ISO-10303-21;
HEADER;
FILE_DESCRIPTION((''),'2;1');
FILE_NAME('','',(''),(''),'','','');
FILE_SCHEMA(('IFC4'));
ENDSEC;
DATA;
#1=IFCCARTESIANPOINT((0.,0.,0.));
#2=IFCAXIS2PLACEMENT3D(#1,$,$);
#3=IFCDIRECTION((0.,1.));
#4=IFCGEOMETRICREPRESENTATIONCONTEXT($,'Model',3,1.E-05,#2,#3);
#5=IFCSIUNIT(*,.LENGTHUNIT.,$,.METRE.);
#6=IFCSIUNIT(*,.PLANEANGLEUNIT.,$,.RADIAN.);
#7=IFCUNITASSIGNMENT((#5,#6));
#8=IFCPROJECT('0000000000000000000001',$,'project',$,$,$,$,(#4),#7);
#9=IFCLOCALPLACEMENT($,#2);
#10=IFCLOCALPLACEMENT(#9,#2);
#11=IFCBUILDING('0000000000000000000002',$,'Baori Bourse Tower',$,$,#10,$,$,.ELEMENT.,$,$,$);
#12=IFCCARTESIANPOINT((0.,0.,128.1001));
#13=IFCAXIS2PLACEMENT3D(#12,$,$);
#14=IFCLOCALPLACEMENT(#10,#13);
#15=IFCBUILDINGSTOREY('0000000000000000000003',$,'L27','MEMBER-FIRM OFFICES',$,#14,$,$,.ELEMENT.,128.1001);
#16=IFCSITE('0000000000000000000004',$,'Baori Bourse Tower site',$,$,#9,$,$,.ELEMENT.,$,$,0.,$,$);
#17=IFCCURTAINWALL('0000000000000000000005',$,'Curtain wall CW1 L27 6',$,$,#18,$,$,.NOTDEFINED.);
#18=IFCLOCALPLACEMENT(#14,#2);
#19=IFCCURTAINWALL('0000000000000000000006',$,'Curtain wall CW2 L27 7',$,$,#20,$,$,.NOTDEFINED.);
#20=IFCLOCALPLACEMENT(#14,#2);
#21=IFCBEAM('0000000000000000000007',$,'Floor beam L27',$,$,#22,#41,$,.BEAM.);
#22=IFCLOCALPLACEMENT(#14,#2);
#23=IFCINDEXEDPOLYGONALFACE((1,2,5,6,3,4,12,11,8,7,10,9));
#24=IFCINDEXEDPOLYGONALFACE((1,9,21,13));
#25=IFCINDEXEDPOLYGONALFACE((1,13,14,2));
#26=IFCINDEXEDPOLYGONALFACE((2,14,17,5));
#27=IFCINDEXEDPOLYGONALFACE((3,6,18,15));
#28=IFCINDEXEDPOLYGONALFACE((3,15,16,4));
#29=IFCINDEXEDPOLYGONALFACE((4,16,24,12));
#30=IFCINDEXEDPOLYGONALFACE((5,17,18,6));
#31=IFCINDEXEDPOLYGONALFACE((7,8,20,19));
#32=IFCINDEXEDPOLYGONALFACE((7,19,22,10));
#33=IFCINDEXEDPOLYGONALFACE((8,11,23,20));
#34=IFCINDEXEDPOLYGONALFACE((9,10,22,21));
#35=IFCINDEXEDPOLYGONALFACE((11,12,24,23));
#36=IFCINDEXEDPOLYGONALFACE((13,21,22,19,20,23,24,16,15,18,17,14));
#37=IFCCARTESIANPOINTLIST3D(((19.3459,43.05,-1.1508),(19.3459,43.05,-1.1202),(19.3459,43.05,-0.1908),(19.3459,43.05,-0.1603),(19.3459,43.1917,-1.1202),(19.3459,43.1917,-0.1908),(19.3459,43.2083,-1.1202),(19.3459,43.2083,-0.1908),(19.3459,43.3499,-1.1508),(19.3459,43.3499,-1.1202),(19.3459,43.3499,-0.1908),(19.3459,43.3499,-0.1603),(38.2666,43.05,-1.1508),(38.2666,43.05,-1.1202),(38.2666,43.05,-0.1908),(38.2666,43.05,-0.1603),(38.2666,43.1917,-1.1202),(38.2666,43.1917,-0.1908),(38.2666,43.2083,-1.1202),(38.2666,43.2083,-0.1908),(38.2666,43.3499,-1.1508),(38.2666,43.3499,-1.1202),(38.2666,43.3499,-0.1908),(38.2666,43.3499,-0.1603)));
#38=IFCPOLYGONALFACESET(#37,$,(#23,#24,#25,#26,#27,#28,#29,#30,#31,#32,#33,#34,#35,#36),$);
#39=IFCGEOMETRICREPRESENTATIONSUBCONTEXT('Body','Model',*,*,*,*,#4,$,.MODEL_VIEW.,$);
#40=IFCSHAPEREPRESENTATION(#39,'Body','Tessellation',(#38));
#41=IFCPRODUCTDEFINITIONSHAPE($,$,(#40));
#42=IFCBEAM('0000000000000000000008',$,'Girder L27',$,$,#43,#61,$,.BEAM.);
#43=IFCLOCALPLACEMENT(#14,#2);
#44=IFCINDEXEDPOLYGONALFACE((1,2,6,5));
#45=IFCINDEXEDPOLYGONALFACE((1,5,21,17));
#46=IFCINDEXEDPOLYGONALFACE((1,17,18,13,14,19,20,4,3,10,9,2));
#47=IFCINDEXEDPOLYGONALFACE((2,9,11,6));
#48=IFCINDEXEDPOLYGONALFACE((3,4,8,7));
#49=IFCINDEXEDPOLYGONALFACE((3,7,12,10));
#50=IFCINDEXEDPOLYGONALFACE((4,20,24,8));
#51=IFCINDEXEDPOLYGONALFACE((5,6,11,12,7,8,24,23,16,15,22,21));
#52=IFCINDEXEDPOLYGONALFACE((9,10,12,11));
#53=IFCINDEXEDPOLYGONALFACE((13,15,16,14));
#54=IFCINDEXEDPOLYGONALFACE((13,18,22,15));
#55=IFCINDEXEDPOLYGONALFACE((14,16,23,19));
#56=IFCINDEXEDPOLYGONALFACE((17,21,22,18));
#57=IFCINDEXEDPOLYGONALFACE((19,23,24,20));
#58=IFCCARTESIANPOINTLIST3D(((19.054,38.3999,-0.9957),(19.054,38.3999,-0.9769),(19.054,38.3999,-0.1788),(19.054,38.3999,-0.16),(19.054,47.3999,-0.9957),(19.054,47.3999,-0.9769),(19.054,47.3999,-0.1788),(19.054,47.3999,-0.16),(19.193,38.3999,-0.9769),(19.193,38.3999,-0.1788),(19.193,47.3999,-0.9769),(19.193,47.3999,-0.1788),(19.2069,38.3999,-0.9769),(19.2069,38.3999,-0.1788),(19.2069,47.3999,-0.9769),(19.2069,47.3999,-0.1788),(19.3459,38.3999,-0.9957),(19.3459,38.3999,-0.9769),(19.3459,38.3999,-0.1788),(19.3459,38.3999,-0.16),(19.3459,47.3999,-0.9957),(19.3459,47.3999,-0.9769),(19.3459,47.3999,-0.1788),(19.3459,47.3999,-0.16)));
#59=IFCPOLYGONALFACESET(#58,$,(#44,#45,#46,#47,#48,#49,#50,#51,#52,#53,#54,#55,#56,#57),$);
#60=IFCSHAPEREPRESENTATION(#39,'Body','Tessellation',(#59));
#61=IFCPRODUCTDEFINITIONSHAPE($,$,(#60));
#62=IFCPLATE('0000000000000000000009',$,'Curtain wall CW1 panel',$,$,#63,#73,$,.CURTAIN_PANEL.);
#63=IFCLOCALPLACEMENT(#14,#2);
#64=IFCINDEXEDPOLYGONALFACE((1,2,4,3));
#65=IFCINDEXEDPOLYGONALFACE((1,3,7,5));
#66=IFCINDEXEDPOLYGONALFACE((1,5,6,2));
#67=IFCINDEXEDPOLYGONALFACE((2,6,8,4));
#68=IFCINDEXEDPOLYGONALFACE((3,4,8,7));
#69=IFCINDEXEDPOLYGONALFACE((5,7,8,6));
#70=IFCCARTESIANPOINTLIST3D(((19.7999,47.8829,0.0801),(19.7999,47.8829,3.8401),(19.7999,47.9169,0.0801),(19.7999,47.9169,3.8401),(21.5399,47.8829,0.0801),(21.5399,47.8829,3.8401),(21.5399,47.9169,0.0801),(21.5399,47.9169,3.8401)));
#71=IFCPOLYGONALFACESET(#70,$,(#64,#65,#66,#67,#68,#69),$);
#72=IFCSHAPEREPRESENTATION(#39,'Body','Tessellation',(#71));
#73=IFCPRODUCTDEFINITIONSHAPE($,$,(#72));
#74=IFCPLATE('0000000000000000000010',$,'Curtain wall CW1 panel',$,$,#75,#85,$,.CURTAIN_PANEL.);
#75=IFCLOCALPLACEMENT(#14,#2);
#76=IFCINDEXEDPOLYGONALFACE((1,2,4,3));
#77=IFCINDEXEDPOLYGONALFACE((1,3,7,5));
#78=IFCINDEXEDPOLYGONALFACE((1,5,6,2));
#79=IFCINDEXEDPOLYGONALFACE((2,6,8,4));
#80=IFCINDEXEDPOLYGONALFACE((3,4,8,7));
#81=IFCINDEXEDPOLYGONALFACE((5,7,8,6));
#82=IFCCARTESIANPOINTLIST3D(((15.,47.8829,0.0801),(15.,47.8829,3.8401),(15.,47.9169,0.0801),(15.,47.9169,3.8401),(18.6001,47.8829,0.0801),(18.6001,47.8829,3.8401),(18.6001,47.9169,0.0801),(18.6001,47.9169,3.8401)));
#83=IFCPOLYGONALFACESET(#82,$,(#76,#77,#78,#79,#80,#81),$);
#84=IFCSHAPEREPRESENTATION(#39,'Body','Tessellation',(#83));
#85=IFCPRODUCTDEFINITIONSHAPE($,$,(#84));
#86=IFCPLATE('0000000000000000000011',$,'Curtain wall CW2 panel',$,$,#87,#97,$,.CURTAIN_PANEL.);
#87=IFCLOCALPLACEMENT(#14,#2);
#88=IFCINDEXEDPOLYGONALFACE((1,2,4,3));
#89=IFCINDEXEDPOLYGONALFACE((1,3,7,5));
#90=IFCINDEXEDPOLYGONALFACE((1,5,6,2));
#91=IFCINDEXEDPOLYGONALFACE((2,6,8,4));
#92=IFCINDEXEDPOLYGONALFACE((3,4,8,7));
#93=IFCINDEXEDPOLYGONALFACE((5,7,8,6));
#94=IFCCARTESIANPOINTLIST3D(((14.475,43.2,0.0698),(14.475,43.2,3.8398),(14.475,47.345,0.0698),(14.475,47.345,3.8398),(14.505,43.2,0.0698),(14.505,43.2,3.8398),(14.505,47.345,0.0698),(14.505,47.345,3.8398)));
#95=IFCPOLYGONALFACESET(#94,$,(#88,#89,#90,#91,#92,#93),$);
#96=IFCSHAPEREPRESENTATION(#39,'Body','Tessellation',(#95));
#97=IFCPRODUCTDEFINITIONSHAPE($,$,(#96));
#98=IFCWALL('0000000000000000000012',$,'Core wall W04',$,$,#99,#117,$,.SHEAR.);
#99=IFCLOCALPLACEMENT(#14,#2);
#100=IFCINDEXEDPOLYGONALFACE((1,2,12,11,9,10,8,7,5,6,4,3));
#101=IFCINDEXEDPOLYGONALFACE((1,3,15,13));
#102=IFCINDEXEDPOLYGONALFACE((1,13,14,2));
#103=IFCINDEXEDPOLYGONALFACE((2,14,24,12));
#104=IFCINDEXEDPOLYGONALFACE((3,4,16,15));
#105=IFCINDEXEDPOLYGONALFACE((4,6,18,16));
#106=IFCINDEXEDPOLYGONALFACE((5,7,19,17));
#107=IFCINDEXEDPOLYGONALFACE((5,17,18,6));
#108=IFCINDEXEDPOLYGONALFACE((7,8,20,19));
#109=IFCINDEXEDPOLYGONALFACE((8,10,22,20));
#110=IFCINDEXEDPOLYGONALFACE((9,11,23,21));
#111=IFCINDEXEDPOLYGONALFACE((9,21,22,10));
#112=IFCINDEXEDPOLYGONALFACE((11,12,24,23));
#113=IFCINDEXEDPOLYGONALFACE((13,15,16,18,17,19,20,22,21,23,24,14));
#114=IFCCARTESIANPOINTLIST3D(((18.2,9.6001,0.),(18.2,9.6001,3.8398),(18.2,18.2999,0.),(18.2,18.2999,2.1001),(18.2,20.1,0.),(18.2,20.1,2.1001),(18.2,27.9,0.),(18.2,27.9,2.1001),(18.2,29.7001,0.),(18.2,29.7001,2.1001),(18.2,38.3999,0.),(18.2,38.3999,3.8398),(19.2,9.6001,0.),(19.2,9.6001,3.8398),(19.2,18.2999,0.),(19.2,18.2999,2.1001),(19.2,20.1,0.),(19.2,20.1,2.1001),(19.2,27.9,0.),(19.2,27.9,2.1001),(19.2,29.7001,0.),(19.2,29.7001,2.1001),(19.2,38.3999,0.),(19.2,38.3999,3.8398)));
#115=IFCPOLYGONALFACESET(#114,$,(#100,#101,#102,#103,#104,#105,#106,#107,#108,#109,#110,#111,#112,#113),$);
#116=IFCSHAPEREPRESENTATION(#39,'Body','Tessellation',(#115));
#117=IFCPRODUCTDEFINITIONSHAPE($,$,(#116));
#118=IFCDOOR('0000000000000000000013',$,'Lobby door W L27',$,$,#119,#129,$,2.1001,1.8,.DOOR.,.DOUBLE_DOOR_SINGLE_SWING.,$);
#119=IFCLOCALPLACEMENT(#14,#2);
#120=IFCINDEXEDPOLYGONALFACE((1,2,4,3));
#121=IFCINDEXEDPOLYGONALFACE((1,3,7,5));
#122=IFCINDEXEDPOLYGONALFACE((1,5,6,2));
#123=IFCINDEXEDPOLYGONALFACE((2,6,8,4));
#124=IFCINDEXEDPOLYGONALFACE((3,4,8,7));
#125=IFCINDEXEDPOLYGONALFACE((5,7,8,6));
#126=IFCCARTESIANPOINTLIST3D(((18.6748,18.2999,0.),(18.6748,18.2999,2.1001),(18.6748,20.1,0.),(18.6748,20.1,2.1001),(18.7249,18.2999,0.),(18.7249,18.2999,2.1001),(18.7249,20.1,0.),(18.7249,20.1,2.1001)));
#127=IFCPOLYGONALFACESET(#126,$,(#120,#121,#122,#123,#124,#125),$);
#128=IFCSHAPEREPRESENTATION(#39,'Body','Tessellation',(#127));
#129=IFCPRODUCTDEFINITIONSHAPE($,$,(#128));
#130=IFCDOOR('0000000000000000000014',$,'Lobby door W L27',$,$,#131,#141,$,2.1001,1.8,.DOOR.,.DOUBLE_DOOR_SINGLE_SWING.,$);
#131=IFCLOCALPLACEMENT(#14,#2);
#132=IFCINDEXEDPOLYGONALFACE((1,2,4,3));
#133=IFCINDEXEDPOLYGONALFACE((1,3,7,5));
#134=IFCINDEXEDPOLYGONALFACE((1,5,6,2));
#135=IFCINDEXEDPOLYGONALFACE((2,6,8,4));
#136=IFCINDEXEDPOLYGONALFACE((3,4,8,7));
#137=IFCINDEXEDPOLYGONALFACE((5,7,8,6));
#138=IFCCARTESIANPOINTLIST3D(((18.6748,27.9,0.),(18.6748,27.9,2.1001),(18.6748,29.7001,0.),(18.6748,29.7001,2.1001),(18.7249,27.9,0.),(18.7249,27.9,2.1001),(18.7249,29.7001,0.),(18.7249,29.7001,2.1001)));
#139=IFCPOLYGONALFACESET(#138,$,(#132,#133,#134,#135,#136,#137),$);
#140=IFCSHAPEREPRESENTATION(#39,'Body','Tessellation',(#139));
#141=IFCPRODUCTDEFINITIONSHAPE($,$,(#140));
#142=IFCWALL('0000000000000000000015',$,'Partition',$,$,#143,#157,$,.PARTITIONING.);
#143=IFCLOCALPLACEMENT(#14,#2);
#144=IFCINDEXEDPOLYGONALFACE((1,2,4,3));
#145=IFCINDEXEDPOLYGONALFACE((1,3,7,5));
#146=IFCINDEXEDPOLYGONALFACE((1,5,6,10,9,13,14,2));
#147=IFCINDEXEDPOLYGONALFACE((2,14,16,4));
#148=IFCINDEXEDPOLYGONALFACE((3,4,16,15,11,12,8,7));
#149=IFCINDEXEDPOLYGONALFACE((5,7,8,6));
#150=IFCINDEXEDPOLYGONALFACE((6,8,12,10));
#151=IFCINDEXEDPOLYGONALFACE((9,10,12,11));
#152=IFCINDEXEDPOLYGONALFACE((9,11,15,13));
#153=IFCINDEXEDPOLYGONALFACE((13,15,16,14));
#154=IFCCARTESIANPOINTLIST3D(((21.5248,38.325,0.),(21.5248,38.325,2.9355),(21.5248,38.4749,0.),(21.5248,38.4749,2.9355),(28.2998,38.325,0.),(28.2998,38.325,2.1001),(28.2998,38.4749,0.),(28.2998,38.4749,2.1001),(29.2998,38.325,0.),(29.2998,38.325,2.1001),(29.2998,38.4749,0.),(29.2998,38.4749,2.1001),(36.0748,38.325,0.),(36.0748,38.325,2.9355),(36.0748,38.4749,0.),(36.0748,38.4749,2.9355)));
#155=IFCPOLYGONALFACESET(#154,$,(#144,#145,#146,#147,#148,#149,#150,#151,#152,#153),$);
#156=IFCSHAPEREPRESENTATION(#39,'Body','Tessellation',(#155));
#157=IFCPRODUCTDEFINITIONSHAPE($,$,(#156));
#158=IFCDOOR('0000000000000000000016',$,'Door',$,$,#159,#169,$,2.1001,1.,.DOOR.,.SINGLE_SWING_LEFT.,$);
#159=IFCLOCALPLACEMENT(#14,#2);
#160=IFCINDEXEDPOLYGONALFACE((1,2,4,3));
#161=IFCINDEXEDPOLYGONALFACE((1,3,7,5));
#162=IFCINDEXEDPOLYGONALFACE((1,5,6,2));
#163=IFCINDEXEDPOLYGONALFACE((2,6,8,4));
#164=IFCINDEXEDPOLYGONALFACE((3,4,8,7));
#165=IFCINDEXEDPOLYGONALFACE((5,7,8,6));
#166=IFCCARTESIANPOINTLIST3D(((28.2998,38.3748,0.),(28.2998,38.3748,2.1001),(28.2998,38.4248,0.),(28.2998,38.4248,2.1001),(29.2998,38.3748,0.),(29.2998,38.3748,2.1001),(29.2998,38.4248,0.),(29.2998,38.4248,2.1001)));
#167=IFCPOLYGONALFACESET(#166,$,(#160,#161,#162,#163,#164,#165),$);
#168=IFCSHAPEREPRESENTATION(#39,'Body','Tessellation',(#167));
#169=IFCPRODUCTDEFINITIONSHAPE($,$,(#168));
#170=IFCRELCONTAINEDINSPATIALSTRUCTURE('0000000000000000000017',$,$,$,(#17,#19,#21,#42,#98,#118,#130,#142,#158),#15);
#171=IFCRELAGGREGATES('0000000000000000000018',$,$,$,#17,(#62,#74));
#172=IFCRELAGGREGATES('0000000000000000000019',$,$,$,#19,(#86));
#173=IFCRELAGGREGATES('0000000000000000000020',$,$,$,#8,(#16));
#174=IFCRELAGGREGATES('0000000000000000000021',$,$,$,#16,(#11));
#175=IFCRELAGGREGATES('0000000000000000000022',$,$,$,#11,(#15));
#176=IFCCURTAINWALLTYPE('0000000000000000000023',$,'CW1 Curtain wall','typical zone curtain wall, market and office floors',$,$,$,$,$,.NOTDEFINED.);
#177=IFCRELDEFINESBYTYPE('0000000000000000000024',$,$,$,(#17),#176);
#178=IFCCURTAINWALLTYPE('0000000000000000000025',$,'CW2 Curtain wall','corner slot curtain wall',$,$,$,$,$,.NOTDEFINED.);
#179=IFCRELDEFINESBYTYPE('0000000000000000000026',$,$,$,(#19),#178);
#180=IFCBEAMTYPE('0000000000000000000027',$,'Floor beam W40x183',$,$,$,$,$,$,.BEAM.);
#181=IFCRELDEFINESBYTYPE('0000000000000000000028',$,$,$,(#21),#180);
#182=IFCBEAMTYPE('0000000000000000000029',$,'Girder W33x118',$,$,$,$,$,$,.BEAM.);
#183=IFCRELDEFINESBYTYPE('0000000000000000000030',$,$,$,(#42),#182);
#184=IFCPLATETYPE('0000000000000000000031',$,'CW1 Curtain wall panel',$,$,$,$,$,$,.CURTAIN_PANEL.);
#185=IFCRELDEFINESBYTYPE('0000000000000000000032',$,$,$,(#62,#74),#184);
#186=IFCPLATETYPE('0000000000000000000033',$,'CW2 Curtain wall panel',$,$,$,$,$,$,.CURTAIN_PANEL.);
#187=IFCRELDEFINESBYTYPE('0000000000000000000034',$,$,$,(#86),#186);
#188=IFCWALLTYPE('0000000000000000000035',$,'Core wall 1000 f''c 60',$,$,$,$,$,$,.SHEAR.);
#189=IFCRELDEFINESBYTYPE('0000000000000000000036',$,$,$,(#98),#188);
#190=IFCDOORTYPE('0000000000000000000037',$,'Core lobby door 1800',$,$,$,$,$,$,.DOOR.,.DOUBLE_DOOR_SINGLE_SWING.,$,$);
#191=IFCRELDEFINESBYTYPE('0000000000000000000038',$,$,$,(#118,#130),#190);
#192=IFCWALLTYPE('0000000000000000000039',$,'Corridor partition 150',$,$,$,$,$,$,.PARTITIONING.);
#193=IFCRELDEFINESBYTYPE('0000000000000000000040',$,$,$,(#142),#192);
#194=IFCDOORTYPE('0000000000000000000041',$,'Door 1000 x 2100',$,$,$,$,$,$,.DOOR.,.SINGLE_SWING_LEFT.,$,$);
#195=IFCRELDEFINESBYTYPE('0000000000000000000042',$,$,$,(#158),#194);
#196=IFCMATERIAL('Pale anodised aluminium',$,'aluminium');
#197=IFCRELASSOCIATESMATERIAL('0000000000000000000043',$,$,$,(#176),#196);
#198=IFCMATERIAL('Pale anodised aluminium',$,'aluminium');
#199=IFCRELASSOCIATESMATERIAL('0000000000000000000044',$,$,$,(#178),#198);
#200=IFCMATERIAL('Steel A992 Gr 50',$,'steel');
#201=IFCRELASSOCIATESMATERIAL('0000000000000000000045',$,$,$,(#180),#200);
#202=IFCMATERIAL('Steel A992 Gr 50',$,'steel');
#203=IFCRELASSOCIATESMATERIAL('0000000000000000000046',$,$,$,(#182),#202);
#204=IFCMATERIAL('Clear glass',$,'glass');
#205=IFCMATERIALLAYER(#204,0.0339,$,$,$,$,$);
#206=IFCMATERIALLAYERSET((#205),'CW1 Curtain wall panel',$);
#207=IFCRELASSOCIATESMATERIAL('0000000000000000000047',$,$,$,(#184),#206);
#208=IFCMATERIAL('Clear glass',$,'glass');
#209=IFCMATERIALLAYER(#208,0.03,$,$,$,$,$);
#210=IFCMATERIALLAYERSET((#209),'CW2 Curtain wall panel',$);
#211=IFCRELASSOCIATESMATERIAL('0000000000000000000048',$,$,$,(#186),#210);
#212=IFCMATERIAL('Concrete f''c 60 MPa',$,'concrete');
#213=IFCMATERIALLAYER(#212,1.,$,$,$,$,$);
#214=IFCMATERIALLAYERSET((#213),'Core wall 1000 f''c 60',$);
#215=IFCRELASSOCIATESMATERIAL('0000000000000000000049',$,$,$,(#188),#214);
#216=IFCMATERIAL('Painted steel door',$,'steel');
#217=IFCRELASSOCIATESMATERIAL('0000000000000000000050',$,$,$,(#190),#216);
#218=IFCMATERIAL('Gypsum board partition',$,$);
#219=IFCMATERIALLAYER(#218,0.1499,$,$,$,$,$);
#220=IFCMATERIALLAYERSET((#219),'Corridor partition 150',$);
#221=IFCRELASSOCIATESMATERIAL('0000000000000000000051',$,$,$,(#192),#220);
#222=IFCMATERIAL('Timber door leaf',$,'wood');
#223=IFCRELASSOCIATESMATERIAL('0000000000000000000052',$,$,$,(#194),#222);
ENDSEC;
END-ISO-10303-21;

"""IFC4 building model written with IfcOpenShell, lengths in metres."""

from ifc_helpers import new_model, si_unit, direction, frame, frame_2d, origin, origin_2d, place, context, subcontext, project, spatial, rectangle, i_section, extrude, material, layer, layer_set, material_profile, profile_set, type_object, element, fill, aggregate, save


model = new_model("IFC4")

# Units and contexts
model_context = context("Model", 3, precision=1e-05, world=origin(), true_north=direction((0.0, 1.0)))
body_context = subcontext(model_context, "Body", "Model", "MODEL_VIEW")
ifc_project = project(units=[si_unit("LENGTHUNIT", "METRE"), si_unit("PLANEANGLEUNIT", "RADIAN")], contexts=[model_context])

# Site, building, storey
site_placement = place(None, origin())
site = spatial("IfcSite", under=ifc_project, at=site_placement, Name="Baori Bourse Tower site", CompositionType="ELEMENT", RefElevation=0.0)
building_placement = place(site_placement, origin())
building = spatial("IfcBuilding", under=site, at=building_placement, Name="Baori Bourse Tower", CompositionType="ELEMENT")
storey_placement = place(building_placement, frame((0.0, 0.0, 128.1001)))
storey = spatial("IfcBuildingStorey", under=building, at=storey_placement, Name="L27", Description="MEMBER-FIRM OFFICES", CompositionType="ELEMENT", Elevation=128.1001)

# Curtain walls
ifc_material_1 = material(Name="Pale anodised aluminium", Category="aluminium")
curtain_wall_type_1 = type_object("IfcCurtainWallType", Name="CW1 Curtain wall", Description="typical zone curtain wall, market and office floors", PredefinedType="NOTDEFINED", material=ifc_material_1)
curtain_wall_1_placement = place(storey_placement, origin())
curtain_wall_1 = element("IfcCurtainWall", 1, at=curtain_wall_1_placement, inside=storey, type_object=curtain_wall_type_1, Name="Curtain wall CW1 L27 6", PredefinedType="NOTDEFINED")
ifc_material_2 = material(Name="Pale anodised aluminium", Category="aluminium")
curtain_wall_type_2 = type_object("IfcCurtainWallType", Name="CW2 Curtain wall", Description="corner slot curtain wall", PredefinedType="NOTDEFINED", material=ifc_material_2)
curtain_wall_2_placement = place(storey_placement, origin())
curtain_wall_2 = element("IfcCurtainWall", 2, at=curtain_wall_2_placement, inside=storey, type_object=curtain_wall_type_2, Name="Curtain wall CW2 L27 7", PredefinedType="NOTDEFINED")

# Beams
ifc_material_3 = material(Name="Steel A992 Gr 50", Category="steel")
ifc_material_profile_1 = material_profile(ifc_material_3, i_section(OverallWidth=0.2998, OverallDepth=0.9905, WebThickness=0.0166, FlangeThickness=0.0305, at=origin_2d()), Name="W40x183")
ifc_profile_set_1 = profile_set([ifc_material_profile_1], Name="Steel A992 Gr 50")
beam_type_1 = type_object("IfcBeamType", Name="Floor beam W40x183", PredefinedType="BEAM", material=ifc_profile_set_1)
beam_1_placement = place(storey_placement, frame((19.3459, 43.2, -0.6555), z_axis=(1.0, 0.0, 0.0), x_axis=(0.0, 1.0, 0.0)))
element("IfcBeam", 3, at=beam_1_placement, inside=storey, type_object=beam_type_1, Name="Floor beam L27", PredefinedType="BEAM", context=body_context, shape_type="SweptSolid", body=[
    extrude(i_section(OverallWidth=0.2998, OverallDepth=0.9905, WebThickness=0.0166, FlangeThickness=0.0305, at=origin_2d()), origin(), (0.0, 0.0, 1.0), 18.9207),
])
ifc_material_4 = material(Name="Steel A992 Gr 50", Category="steel")
ifc_material_profile_2 = material_profile(ifc_material_4, i_section(OverallWidth=0.292, OverallDepth=0.8357, WebThickness=0.0139, FlangeThickness=0.0188, at=origin_2d()), Name="W33x118")
ifc_profile_set_2 = profile_set([ifc_material_profile_2], Name="Steel A992 Gr 50")
beam_type_2 = type_object("IfcBeamType", Name="Girder W33x118", PredefinedType="BEAM", material=ifc_profile_set_2)
beam_2_placement = place(storey_placement, frame((19.2, 38.3999, -0.5779), z_axis=(0.0, 1.0, 0.0), x_axis=(-1.0, 0.0, 0.0)))
element("IfcBeam", 4, at=beam_2_placement, inside=storey, type_object=beam_type_2, Name="Girder L27", PredefinedType="BEAM", context=body_context, shape_type="SweptSolid", body=[
    extrude(i_section(OverallWidth=0.292, OverallDepth=0.8357, WebThickness=0.0139, FlangeThickness=0.0188, at=origin_2d()), origin(), (0.0, 0.0, 1.0), 9.0),
])

# Plates
ifc_material_5 = material(Name="Clear glass", Category="glass")
ifc_layer_1 = layer(ifc_material_5, 0.0339)
ifc_layer_set_1 = layer_set([ifc_layer_1], Name="CW1 Curtain wall panel")
plate_type_1 = type_object("IfcPlateType", Name="CW1 Curtain wall panel", PredefinedType="CURTAIN_PANEL", material=ifc_layer_set_1)
plate_1_placement = place(storey_placement, frame((20.6699, 47.8999, 0.0801), z_axis=(0.0, 0.0, 1.0), x_axis=(-1.0, 0.0, 0.0)))
plate_1 = element("IfcPlate", 5, at=plate_1_placement, type_object=plate_type_1, Name="Curtain wall CW1 panel", PredefinedType="CURTAIN_PANEL", context=body_context, shape_type="SweptSolid", body=[
    extrude(rectangle(XDim=1.74, YDim=0.0339, at=origin_2d()), origin(), (0.0, 0.0, 1.0), 3.76),
])
plate_2_placement = place(storey_placement, frame((16.8, 47.8999, 0.0801), z_axis=(0.0, 0.0, 1.0), x_axis=(-1.0, 0.0, 0.0)))
plate_2 = element("IfcPlate", 6, at=plate_2_placement, type_object=plate_type_1, Name="Curtain wall CW1 panel", PredefinedType="CURTAIN_PANEL", context=body_context, shape_type="SweptSolid", body=[
    extrude(rectangle(XDim=3.6001, YDim=0.0339, at=origin_2d()), origin(), (0.0, 0.0, 1.0), 3.76),
])
aggregate(curtain_wall_1, [plate_1, plate_2])
ifc_material_6 = material(Name="Clear glass", Category="glass")
ifc_layer_2 = layer(ifc_material_6, 0.03)
ifc_layer_set_2 = layer_set([ifc_layer_2], Name="CW2 Curtain wall panel")
plate_type_2 = type_object("IfcPlateType", Name="CW2 Curtain wall panel", PredefinedType="CURTAIN_PANEL", material=ifc_layer_set_2)
plate_3_placement = place(storey_placement, frame((14.49, 45.2725, 0.0698), z_axis=(0.0, 0.0, 1.0), x_axis=(0.0, -1.0, 0.0)))
plate_3 = element("IfcPlate", 7, at=plate_3_placement, type_object=plate_type_2, Name="Curtain wall CW2 panel", PredefinedType="CURTAIN_PANEL", context=body_context, shape_type="SweptSolid", body=[
    extrude(rectangle(XDim=4.145, YDim=0.03, at=origin_2d()), origin(), (0.0, 0.0, 1.0), 3.77),
])
aggregate(curtain_wall_2, [plate_3])

# Wall, openings, doors
ifc_material_7 = material(Name="Concrete f'c 60 MPa", Category="concrete")
ifc_layer_3 = layer(ifc_material_7, 1.0)
ifc_layer_set_3 = layer_set([ifc_layer_3], Name="Core wall 1000 f'c 60")
wall_type_1 = type_object("IfcWallType", Name="Core wall 1000 f'c 60", PredefinedType="SHEAR", material=ifc_layer_set_3)
wall_1_placement = place(storey_placement, frame((18.7, 38.3999, 0.0), z_axis=(0.0, 0.0, 1.0), x_axis=(0.0, -1.0, 0.0)))
wall_1 = element("IfcWall", 8, at=wall_1_placement, inside=storey, type_object=wall_type_1, Name="Core wall W04", PredefinedType="SHEAR", context=body_context, shape_type="SweptSolid", body=[
    extrude(rectangle(XDim=28.7998, YDim=1.0, at=frame_2d((14.3999, 0.0))), origin(), (0.0, 0.0, 1.0), 3.8398),
])
opening_1_placement = place(wall_1_placement, frame((18.3, 0.0, 0.0)))
opening_1 = element("IfcOpeningElement", 9, at=opening_1_placement, cuts=wall_1, PredefinedType="OPENING", context=body_context, shape_type="SweptSolid", body=[
    extrude(rectangle(XDim=1.8, YDim=2.1001, at=frame_2d((0.8999, 1.05))), frame((0.0, 0.51, 0.0), z_axis=(0.0, -1.0, 0.0), x_axis=(1.0, 0.0, 0.0)), (0.0, 0.0, 1.0), 1.02),
])
opening_2_placement = place(wall_1_placement, frame((8.7, 0.0, 0.0)))
opening_2 = element("IfcOpeningElement", 10, at=opening_2_placement, cuts=wall_1, PredefinedType="OPENING", context=body_context, shape_type="SweptSolid", body=[
    extrude(rectangle(XDim=1.8, YDim=2.1001, at=frame_2d((0.8999, 1.05))), frame((0.0, 0.51, 0.0), z_axis=(0.0, -1.0, 0.0), x_axis=(1.0, 0.0, 0.0)), (0.0, 0.0, 1.0), 1.02),
])
ifc_material_8 = material(Name="Painted steel door", Category="steel")
door_type_1 = type_object("IfcDoorType", Name="Core lobby door 1800", OperationType="DOUBLE_DOOR_SINGLE_SWING", PredefinedType="DOOR", material=ifc_material_8)
door_1_placement = place(opening_1_placement, origin())
door_1 = element("IfcDoor", 11, at=door_1_placement, inside=storey, type_object=door_type_1, Name="Lobby door W L27", OperationType="DOUBLE_DOOR_SINGLE_SWING", OverallHeight=2.1001, OverallWidth=1.8, PredefinedType="DOOR", context=body_context, shape_type="SweptSolid", body=[
    extrude(rectangle(XDim=1.8, YDim=2.1001, at=frame_2d((0.8999, 1.05))), frame((0.0, 0.0249, 0.0), z_axis=(0.0, -1.0, 0.0), x_axis=(1.0, 0.0, 0.0)), (0.0, 0.0, 1.0), 0.05),
])
fill(opening_1, door_1)
door_2_placement = place(opening_2_placement, origin())
door_2 = element("IfcDoor", 12, at=door_2_placement, inside=storey, type_object=door_type_1, Name="Lobby door W L27", OperationType="DOUBLE_DOOR_SINGLE_SWING", OverallHeight=2.1001, OverallWidth=1.8, PredefinedType="DOOR", context=body_context, shape_type="SweptSolid", body=[
    extrude(rectangle(XDim=1.8, YDim=2.1001, at=frame_2d((0.8999, 1.05))), frame((0.0, 0.0249, 0.0), z_axis=(0.0, -1.0, 0.0), x_axis=(1.0, 0.0, 0.0)), (0.0, 0.0, 1.0), 0.05),
])
fill(opening_2, door_2)

# Wall, opening, door
ifc_material_9 = material(Name="Gypsum board partition")
ifc_layer_4 = layer(ifc_material_9, 0.1499)
ifc_layer_set_4 = layer_set([ifc_layer_4], Name="Corridor partition 150")
wall_type_2 = type_object("IfcWallType", Name="Corridor partition 150", PredefinedType="PARTITIONING", material=ifc_layer_set_4)
wall_2_placement = place(storey_placement, frame((21.5249, 38.3999, 0.0), z_axis=(0.0, 0.0, 1.0), x_axis=(1.0, 0.0, 0.0)))
wall_2 = element("IfcWall", 13, at=wall_2_placement, inside=storey, type_object=wall_type_2, Name="Partition", PredefinedType="PARTITIONING", context=body_context, shape_type="SweptSolid", body=[
    extrude(rectangle(XDim=14.55, YDim=0.1499, at=frame_2d((7.2749, 0.0))), origin(), (0.0, 0.0, 1.0), 2.9355),
])
opening_3_placement = place(wall_2_placement, frame((6.7749, 0.0, 0.0)))
opening_3 = element("IfcOpeningElement", 14, at=opening_3_placement, cuts=wall_2, PredefinedType="OPENING", context=body_context, shape_type="SweptSolid", body=[
    extrude(rectangle(XDim=1.0, YDim=2.1001, at=frame_2d((0.5, 1.05))), frame((0.0, 0.085, 0.0), z_axis=(0.0, -1.0, 0.0), x_axis=(1.0, 0.0, 0.0)), (0.0, 0.0, 1.0), 0.1699),
])
ifc_material_10 = material(Name="Timber door leaf", Category="wood")
door_type_2 = type_object("IfcDoorType", Name="Door 1000 x 2100", OperationType="SINGLE_SWING_LEFT", PredefinedType="DOOR", material=ifc_material_10)
door_3_placement = place(opening_3_placement, origin())
door_3 = element("IfcDoor", 15, at=door_3_placement, inside=storey, type_object=door_type_2, Name="Door", OperationType="SINGLE_SWING_LEFT", OverallHeight=2.1001, OverallWidth=1.0, PredefinedType="DOOR", context=body_context, shape_type="SweptSolid", body=[
    extrude(rectangle(XDim=1.0, YDim=2.1001, at=frame_2d((0.5, 1.05))), frame((0.0, 0.0249, 0.0), z_axis=(0.0, -1.0, 0.0), x_axis=(1.0, 0.0, 0.0)), (0.0, 0.0, 1.0), 0.05),
])
fill(opening_3, door_3)

save(model, "model.ifc")
